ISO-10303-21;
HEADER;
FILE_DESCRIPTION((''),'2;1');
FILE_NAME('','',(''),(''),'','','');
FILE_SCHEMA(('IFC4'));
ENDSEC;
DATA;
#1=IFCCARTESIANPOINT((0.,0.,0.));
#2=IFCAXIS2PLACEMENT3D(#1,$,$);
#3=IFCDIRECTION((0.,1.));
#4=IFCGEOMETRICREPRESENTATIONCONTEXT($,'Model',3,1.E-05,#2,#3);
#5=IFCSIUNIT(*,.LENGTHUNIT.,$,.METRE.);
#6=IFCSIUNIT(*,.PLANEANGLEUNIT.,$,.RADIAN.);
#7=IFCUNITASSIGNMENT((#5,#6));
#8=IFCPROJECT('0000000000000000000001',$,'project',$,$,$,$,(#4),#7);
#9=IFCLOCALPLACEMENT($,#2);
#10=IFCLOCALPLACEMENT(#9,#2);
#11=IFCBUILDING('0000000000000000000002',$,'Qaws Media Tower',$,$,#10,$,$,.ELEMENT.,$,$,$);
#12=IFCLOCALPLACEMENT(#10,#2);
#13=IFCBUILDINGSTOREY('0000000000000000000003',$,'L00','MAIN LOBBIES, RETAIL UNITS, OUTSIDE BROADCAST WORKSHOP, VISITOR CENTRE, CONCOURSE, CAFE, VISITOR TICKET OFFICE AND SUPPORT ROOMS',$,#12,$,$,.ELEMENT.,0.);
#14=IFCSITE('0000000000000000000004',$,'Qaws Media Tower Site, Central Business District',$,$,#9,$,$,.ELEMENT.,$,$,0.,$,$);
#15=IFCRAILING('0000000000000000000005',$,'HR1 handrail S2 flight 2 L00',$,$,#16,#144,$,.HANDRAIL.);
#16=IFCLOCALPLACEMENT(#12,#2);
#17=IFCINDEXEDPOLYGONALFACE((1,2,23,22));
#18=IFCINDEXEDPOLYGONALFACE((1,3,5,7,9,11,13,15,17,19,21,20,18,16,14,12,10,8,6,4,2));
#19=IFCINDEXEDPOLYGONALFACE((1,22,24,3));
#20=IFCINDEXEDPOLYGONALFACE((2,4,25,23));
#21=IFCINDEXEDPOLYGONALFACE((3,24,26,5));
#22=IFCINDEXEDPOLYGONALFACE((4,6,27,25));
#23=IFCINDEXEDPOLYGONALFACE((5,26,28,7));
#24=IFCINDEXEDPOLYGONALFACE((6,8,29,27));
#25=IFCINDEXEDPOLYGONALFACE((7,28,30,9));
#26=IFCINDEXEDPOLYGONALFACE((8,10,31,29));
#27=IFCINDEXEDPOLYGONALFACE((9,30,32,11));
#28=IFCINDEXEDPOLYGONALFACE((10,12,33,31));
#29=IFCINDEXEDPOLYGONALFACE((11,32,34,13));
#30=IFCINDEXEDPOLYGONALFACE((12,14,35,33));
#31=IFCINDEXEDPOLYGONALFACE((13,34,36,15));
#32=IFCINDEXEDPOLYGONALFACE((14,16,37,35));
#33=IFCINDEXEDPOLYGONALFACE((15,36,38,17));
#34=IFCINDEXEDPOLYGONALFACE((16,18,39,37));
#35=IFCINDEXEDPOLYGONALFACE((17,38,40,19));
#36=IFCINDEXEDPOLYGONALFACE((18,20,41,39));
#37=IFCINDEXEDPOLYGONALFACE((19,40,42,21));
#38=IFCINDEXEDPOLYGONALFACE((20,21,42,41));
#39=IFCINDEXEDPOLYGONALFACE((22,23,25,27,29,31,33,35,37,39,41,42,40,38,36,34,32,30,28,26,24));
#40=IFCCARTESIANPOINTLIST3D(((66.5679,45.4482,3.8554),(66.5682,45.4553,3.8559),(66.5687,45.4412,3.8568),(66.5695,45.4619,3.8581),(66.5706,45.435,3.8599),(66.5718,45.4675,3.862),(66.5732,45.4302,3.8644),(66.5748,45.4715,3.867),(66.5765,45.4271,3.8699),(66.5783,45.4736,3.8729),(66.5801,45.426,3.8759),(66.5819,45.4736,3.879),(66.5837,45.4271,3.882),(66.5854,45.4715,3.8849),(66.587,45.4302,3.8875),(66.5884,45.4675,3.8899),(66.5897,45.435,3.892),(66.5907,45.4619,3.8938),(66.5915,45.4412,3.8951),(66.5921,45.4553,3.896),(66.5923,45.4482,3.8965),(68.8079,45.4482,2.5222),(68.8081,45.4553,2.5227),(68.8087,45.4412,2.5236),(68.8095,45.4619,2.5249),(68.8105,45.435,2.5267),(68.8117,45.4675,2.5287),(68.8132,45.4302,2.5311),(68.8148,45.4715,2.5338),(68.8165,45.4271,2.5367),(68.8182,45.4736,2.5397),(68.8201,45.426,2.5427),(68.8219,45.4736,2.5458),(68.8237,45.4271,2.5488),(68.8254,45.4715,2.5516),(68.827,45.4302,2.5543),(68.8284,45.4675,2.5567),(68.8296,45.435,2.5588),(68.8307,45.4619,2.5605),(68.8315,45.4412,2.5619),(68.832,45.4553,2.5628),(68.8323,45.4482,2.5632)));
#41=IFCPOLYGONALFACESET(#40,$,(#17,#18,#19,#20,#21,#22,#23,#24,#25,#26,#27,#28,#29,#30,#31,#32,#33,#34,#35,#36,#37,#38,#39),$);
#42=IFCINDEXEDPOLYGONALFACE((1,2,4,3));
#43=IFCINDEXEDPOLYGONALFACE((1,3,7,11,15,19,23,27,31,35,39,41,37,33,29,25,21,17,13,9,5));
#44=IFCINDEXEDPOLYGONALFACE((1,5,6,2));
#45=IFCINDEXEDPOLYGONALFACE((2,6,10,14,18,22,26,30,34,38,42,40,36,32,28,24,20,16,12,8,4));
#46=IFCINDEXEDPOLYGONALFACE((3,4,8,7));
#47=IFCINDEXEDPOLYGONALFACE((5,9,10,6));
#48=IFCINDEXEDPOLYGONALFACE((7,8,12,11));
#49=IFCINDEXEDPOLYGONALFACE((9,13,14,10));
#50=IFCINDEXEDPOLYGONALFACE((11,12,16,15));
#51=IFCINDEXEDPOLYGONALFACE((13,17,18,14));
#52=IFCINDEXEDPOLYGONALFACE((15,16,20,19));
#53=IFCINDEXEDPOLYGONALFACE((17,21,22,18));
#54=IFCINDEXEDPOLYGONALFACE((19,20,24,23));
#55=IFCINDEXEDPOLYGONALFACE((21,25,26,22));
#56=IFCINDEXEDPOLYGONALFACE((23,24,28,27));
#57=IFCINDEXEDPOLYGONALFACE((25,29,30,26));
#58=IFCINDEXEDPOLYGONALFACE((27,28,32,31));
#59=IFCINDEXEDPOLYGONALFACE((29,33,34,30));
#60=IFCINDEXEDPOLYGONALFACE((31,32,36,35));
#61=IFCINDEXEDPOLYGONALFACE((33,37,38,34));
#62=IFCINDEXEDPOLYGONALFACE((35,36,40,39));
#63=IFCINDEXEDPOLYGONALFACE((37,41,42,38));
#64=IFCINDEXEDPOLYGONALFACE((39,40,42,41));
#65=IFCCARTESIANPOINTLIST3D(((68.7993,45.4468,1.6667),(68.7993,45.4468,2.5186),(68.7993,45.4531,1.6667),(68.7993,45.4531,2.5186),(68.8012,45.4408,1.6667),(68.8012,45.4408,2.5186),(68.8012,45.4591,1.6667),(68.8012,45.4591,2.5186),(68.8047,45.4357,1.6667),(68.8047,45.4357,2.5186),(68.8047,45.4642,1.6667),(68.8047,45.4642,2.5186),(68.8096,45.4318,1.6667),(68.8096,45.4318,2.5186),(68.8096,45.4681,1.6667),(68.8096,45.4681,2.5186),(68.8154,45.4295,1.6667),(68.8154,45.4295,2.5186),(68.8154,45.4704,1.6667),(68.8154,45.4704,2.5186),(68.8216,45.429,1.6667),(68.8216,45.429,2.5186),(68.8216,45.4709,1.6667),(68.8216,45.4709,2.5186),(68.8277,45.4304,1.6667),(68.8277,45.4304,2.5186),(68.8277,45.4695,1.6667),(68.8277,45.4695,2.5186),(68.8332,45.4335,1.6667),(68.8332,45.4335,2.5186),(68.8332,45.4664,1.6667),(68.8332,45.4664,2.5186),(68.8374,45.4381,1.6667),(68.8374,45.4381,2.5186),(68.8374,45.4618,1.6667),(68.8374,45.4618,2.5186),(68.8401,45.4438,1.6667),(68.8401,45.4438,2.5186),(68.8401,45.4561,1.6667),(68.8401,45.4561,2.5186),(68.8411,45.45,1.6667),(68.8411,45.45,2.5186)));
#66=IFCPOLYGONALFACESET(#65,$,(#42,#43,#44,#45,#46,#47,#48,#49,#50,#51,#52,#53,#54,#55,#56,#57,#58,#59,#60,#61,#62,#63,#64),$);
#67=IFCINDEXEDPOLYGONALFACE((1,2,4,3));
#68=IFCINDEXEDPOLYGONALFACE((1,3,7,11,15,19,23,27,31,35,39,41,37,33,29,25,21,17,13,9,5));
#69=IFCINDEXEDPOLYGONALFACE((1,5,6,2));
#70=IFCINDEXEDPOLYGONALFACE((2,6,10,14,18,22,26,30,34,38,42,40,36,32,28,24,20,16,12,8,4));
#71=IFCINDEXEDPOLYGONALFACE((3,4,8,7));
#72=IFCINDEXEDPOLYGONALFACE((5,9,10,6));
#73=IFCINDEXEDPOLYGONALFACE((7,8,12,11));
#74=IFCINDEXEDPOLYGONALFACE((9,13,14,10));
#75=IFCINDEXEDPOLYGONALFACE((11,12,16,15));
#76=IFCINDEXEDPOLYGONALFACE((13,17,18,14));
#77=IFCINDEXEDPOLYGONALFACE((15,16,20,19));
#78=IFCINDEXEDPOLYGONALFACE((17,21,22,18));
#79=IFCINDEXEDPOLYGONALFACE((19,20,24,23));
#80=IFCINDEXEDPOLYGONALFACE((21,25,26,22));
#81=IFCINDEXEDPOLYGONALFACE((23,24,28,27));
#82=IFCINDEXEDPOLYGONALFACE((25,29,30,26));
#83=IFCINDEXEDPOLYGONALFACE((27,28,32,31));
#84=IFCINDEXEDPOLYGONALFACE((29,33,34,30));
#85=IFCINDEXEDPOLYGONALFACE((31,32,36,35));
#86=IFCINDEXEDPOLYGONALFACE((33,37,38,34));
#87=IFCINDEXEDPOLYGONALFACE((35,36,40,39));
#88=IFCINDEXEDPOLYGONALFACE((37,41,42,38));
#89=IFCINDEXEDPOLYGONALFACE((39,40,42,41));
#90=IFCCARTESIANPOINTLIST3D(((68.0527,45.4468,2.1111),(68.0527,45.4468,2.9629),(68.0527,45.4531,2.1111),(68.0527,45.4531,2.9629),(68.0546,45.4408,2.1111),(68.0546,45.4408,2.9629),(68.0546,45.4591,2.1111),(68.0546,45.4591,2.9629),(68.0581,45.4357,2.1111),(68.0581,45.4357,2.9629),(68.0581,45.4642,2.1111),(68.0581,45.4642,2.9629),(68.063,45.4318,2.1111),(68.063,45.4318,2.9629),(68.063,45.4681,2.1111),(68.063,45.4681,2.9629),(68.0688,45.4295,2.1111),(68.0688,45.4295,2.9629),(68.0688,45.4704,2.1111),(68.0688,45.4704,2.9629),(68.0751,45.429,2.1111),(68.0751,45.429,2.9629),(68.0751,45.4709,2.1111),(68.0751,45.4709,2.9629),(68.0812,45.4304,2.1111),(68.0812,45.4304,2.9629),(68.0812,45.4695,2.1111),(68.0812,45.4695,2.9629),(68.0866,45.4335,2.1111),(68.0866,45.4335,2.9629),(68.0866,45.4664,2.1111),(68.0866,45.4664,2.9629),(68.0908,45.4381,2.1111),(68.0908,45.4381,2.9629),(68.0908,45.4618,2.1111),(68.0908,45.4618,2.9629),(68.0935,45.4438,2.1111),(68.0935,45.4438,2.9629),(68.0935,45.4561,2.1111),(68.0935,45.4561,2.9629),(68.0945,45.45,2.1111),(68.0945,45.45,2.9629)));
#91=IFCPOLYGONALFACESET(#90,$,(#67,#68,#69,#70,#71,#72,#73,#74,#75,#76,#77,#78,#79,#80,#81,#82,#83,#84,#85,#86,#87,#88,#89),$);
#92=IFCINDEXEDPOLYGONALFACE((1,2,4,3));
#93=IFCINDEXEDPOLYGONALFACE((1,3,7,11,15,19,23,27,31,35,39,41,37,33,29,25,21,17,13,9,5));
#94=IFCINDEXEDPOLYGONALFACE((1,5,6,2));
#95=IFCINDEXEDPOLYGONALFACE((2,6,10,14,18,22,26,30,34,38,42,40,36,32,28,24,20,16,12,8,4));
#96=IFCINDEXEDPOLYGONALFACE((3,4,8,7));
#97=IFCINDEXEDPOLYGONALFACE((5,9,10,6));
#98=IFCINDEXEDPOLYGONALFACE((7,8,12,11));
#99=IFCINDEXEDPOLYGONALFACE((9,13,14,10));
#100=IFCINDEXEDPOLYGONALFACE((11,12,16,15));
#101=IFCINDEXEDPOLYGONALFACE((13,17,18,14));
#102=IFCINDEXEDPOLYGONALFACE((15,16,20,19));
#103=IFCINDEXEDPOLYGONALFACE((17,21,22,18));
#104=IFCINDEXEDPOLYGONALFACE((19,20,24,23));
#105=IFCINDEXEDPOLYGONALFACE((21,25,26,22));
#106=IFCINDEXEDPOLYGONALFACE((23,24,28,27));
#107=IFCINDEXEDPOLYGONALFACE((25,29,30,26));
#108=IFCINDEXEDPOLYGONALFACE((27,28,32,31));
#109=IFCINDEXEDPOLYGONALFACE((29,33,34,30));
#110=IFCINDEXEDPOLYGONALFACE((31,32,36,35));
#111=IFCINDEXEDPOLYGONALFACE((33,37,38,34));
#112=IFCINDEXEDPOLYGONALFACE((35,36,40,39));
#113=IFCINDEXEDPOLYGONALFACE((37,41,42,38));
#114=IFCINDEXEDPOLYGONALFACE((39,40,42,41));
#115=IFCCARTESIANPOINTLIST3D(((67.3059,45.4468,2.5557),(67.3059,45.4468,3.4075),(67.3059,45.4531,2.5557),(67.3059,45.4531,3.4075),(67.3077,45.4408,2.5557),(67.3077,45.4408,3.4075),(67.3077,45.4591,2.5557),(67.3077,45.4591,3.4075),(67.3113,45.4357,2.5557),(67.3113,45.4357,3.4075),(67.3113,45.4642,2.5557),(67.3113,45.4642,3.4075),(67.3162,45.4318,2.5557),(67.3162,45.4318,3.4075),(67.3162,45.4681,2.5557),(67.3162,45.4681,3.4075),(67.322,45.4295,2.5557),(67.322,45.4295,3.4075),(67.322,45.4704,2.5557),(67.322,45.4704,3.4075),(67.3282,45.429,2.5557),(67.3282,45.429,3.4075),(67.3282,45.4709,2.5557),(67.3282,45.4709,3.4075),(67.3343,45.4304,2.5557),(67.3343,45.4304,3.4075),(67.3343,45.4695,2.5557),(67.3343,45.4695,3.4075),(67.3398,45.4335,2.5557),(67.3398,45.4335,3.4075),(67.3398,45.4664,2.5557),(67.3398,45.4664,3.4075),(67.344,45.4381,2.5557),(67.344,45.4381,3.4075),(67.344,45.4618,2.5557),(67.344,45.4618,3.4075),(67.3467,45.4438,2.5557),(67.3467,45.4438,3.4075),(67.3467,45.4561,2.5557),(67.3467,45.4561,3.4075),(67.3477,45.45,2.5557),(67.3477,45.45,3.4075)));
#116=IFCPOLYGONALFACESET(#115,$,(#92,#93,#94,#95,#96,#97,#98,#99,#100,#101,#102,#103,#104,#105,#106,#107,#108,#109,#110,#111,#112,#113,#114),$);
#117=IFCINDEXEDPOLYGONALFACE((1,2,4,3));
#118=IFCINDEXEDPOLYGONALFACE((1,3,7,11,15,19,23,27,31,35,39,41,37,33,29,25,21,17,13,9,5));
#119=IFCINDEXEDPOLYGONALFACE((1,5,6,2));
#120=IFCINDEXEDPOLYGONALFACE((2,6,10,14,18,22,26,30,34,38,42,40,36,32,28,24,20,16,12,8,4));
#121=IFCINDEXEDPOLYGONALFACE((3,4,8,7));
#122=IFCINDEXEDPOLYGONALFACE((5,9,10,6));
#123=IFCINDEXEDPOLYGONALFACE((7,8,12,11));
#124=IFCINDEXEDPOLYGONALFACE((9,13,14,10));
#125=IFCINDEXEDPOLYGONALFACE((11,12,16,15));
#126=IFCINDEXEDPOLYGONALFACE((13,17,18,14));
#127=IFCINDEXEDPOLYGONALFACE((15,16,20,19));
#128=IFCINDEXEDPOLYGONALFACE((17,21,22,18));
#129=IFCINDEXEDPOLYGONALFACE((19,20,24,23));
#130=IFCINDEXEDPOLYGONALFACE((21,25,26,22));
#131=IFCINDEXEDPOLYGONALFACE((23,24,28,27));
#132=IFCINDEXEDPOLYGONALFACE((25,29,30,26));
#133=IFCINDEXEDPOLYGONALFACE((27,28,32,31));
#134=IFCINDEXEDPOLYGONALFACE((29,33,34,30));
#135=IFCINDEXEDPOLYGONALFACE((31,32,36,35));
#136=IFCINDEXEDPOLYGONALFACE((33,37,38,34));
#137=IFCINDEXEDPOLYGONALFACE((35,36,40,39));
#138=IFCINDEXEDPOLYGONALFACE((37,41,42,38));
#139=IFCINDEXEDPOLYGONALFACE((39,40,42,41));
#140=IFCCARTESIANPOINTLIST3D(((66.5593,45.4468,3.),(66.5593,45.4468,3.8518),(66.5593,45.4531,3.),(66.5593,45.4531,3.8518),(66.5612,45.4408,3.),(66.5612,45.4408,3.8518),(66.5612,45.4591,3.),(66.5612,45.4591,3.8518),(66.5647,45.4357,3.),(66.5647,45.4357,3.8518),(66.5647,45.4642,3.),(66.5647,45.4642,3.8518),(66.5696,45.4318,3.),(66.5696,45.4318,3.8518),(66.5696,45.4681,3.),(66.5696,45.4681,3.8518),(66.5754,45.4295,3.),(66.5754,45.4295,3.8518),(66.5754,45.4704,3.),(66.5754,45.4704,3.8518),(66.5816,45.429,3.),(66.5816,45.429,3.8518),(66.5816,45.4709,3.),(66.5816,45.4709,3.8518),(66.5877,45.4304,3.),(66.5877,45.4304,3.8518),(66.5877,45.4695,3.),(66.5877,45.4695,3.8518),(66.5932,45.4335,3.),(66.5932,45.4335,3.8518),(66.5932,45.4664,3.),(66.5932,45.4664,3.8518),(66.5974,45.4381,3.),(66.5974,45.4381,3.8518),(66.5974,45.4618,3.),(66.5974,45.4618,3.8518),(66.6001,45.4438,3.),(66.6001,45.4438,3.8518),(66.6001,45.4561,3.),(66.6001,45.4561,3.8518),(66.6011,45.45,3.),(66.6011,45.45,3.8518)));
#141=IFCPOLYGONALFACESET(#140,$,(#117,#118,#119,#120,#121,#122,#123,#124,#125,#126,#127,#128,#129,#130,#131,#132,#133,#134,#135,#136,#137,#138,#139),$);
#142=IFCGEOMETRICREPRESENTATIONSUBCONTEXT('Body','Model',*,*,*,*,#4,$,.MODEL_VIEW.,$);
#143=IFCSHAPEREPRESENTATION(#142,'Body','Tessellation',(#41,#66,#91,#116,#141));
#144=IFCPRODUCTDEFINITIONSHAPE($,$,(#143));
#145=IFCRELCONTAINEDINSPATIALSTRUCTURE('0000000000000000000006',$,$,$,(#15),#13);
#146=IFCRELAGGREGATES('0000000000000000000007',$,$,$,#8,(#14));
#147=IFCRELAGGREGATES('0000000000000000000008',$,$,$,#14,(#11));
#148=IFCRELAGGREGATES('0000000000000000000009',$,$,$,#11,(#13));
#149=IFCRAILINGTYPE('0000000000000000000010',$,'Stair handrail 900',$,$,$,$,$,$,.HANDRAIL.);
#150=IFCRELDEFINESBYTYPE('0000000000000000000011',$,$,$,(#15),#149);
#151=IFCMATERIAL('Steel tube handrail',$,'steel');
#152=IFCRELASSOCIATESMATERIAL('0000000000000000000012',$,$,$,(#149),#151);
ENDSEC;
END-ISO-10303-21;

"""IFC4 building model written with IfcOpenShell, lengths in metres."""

from ifc_helpers import new_model, si_unit, direction, frame, origin, origin_2d, place, context, subcontext, project, spatial, circle, extrude, material, type_object, element, save


model = new_model("IFC4")

# Units and contexts
model_context = context("Model", 3, precision=1e-05, world=origin(), true_north=direction((0.0, 1.0)))
body_context = subcontext(model_context, "Body", "Model", "MODEL_VIEW")
ifc_project = project(units=[si_unit("LENGTHUNIT", "METRE"), si_unit("PLANEANGLEUNIT", "RADIAN")], contexts=[model_context])

# Site, building, storey
site_placement = place(None, origin())
site = spatial("IfcSite", under=ifc_project, at=site_placement, Name="Qaws Media Tower Site, Central Business District", CompositionType="ELEMENT", RefElevation=0.0)
building_placement = place(site_placement, origin())
building = spatial("IfcBuilding", under=site, at=building_placement, Name="Qaws Media Tower", CompositionType="ELEMENT")
storey_placement = place(building_placement, origin())
storey = spatial("IfcBuildingStorey", under=building, at=storey_placement, Name="L00", Description="MAIN LOBBIES, RETAIL UNITS, OUTSIDE BROADCAST WORKSHOP, VISITOR CENTRE, CONCOURSE, CAFE, VISITOR TICKET OFFICE AND SUPPORT ROOMS", CompositionType="ELEMENT", Elevation=0.0)

# Railing
ifc_material_1 = material(Name="Steel tube handrail", Category="steel")
railing_type = type_object("IfcRailingType", Name="Stair handrail 900", PredefinedType="HANDRAIL", material=ifc_material_1)
for number, where, name in (
    (1, (68.8201, 45.45, 1.6667), "HR1 handrail S2 flight 2 L00"),
):
    element("IfcRailing", number, at=place(storey_placement, frame(where)), inside=storey, type_object=railing_type, Name=name, PredefinedType="HANDRAIL", context=body_context, shape_type="SweptSolid", body=[
        extrude(circle(Radius=0.0239, at=origin_2d()), frame((0.0, 0.0, 0.876), z_axis=(-0.859306, 0.0, 0.511462), x_axis=(0.0, -1.0, 0.0)), (0.0, 0.0, 1.0), 2.6067),
        extrude(circle(Radius=0.021, at=origin_2d()), origin(), (0.0, 0.0, 1.0), 0.8518),
        extrude(circle(Radius=0.021, at=origin_2d()), frame((-0.7466, 0.0, 0.4443)), (0.0, 0.0, 1.0), 0.8518),
        extrude(circle(Radius=0.021, at=origin_2d()), frame((-1.4934, 0.0, 0.8889)), (0.0, 0.0, 1.0), 0.8518),
        extrude(circle(Radius=0.021, at=origin_2d()), frame((-2.24, 0.0, 1.3333)), (0.0, 0.0, 1.0), 0.8518),
    ])

save(model, "model.ifc")
